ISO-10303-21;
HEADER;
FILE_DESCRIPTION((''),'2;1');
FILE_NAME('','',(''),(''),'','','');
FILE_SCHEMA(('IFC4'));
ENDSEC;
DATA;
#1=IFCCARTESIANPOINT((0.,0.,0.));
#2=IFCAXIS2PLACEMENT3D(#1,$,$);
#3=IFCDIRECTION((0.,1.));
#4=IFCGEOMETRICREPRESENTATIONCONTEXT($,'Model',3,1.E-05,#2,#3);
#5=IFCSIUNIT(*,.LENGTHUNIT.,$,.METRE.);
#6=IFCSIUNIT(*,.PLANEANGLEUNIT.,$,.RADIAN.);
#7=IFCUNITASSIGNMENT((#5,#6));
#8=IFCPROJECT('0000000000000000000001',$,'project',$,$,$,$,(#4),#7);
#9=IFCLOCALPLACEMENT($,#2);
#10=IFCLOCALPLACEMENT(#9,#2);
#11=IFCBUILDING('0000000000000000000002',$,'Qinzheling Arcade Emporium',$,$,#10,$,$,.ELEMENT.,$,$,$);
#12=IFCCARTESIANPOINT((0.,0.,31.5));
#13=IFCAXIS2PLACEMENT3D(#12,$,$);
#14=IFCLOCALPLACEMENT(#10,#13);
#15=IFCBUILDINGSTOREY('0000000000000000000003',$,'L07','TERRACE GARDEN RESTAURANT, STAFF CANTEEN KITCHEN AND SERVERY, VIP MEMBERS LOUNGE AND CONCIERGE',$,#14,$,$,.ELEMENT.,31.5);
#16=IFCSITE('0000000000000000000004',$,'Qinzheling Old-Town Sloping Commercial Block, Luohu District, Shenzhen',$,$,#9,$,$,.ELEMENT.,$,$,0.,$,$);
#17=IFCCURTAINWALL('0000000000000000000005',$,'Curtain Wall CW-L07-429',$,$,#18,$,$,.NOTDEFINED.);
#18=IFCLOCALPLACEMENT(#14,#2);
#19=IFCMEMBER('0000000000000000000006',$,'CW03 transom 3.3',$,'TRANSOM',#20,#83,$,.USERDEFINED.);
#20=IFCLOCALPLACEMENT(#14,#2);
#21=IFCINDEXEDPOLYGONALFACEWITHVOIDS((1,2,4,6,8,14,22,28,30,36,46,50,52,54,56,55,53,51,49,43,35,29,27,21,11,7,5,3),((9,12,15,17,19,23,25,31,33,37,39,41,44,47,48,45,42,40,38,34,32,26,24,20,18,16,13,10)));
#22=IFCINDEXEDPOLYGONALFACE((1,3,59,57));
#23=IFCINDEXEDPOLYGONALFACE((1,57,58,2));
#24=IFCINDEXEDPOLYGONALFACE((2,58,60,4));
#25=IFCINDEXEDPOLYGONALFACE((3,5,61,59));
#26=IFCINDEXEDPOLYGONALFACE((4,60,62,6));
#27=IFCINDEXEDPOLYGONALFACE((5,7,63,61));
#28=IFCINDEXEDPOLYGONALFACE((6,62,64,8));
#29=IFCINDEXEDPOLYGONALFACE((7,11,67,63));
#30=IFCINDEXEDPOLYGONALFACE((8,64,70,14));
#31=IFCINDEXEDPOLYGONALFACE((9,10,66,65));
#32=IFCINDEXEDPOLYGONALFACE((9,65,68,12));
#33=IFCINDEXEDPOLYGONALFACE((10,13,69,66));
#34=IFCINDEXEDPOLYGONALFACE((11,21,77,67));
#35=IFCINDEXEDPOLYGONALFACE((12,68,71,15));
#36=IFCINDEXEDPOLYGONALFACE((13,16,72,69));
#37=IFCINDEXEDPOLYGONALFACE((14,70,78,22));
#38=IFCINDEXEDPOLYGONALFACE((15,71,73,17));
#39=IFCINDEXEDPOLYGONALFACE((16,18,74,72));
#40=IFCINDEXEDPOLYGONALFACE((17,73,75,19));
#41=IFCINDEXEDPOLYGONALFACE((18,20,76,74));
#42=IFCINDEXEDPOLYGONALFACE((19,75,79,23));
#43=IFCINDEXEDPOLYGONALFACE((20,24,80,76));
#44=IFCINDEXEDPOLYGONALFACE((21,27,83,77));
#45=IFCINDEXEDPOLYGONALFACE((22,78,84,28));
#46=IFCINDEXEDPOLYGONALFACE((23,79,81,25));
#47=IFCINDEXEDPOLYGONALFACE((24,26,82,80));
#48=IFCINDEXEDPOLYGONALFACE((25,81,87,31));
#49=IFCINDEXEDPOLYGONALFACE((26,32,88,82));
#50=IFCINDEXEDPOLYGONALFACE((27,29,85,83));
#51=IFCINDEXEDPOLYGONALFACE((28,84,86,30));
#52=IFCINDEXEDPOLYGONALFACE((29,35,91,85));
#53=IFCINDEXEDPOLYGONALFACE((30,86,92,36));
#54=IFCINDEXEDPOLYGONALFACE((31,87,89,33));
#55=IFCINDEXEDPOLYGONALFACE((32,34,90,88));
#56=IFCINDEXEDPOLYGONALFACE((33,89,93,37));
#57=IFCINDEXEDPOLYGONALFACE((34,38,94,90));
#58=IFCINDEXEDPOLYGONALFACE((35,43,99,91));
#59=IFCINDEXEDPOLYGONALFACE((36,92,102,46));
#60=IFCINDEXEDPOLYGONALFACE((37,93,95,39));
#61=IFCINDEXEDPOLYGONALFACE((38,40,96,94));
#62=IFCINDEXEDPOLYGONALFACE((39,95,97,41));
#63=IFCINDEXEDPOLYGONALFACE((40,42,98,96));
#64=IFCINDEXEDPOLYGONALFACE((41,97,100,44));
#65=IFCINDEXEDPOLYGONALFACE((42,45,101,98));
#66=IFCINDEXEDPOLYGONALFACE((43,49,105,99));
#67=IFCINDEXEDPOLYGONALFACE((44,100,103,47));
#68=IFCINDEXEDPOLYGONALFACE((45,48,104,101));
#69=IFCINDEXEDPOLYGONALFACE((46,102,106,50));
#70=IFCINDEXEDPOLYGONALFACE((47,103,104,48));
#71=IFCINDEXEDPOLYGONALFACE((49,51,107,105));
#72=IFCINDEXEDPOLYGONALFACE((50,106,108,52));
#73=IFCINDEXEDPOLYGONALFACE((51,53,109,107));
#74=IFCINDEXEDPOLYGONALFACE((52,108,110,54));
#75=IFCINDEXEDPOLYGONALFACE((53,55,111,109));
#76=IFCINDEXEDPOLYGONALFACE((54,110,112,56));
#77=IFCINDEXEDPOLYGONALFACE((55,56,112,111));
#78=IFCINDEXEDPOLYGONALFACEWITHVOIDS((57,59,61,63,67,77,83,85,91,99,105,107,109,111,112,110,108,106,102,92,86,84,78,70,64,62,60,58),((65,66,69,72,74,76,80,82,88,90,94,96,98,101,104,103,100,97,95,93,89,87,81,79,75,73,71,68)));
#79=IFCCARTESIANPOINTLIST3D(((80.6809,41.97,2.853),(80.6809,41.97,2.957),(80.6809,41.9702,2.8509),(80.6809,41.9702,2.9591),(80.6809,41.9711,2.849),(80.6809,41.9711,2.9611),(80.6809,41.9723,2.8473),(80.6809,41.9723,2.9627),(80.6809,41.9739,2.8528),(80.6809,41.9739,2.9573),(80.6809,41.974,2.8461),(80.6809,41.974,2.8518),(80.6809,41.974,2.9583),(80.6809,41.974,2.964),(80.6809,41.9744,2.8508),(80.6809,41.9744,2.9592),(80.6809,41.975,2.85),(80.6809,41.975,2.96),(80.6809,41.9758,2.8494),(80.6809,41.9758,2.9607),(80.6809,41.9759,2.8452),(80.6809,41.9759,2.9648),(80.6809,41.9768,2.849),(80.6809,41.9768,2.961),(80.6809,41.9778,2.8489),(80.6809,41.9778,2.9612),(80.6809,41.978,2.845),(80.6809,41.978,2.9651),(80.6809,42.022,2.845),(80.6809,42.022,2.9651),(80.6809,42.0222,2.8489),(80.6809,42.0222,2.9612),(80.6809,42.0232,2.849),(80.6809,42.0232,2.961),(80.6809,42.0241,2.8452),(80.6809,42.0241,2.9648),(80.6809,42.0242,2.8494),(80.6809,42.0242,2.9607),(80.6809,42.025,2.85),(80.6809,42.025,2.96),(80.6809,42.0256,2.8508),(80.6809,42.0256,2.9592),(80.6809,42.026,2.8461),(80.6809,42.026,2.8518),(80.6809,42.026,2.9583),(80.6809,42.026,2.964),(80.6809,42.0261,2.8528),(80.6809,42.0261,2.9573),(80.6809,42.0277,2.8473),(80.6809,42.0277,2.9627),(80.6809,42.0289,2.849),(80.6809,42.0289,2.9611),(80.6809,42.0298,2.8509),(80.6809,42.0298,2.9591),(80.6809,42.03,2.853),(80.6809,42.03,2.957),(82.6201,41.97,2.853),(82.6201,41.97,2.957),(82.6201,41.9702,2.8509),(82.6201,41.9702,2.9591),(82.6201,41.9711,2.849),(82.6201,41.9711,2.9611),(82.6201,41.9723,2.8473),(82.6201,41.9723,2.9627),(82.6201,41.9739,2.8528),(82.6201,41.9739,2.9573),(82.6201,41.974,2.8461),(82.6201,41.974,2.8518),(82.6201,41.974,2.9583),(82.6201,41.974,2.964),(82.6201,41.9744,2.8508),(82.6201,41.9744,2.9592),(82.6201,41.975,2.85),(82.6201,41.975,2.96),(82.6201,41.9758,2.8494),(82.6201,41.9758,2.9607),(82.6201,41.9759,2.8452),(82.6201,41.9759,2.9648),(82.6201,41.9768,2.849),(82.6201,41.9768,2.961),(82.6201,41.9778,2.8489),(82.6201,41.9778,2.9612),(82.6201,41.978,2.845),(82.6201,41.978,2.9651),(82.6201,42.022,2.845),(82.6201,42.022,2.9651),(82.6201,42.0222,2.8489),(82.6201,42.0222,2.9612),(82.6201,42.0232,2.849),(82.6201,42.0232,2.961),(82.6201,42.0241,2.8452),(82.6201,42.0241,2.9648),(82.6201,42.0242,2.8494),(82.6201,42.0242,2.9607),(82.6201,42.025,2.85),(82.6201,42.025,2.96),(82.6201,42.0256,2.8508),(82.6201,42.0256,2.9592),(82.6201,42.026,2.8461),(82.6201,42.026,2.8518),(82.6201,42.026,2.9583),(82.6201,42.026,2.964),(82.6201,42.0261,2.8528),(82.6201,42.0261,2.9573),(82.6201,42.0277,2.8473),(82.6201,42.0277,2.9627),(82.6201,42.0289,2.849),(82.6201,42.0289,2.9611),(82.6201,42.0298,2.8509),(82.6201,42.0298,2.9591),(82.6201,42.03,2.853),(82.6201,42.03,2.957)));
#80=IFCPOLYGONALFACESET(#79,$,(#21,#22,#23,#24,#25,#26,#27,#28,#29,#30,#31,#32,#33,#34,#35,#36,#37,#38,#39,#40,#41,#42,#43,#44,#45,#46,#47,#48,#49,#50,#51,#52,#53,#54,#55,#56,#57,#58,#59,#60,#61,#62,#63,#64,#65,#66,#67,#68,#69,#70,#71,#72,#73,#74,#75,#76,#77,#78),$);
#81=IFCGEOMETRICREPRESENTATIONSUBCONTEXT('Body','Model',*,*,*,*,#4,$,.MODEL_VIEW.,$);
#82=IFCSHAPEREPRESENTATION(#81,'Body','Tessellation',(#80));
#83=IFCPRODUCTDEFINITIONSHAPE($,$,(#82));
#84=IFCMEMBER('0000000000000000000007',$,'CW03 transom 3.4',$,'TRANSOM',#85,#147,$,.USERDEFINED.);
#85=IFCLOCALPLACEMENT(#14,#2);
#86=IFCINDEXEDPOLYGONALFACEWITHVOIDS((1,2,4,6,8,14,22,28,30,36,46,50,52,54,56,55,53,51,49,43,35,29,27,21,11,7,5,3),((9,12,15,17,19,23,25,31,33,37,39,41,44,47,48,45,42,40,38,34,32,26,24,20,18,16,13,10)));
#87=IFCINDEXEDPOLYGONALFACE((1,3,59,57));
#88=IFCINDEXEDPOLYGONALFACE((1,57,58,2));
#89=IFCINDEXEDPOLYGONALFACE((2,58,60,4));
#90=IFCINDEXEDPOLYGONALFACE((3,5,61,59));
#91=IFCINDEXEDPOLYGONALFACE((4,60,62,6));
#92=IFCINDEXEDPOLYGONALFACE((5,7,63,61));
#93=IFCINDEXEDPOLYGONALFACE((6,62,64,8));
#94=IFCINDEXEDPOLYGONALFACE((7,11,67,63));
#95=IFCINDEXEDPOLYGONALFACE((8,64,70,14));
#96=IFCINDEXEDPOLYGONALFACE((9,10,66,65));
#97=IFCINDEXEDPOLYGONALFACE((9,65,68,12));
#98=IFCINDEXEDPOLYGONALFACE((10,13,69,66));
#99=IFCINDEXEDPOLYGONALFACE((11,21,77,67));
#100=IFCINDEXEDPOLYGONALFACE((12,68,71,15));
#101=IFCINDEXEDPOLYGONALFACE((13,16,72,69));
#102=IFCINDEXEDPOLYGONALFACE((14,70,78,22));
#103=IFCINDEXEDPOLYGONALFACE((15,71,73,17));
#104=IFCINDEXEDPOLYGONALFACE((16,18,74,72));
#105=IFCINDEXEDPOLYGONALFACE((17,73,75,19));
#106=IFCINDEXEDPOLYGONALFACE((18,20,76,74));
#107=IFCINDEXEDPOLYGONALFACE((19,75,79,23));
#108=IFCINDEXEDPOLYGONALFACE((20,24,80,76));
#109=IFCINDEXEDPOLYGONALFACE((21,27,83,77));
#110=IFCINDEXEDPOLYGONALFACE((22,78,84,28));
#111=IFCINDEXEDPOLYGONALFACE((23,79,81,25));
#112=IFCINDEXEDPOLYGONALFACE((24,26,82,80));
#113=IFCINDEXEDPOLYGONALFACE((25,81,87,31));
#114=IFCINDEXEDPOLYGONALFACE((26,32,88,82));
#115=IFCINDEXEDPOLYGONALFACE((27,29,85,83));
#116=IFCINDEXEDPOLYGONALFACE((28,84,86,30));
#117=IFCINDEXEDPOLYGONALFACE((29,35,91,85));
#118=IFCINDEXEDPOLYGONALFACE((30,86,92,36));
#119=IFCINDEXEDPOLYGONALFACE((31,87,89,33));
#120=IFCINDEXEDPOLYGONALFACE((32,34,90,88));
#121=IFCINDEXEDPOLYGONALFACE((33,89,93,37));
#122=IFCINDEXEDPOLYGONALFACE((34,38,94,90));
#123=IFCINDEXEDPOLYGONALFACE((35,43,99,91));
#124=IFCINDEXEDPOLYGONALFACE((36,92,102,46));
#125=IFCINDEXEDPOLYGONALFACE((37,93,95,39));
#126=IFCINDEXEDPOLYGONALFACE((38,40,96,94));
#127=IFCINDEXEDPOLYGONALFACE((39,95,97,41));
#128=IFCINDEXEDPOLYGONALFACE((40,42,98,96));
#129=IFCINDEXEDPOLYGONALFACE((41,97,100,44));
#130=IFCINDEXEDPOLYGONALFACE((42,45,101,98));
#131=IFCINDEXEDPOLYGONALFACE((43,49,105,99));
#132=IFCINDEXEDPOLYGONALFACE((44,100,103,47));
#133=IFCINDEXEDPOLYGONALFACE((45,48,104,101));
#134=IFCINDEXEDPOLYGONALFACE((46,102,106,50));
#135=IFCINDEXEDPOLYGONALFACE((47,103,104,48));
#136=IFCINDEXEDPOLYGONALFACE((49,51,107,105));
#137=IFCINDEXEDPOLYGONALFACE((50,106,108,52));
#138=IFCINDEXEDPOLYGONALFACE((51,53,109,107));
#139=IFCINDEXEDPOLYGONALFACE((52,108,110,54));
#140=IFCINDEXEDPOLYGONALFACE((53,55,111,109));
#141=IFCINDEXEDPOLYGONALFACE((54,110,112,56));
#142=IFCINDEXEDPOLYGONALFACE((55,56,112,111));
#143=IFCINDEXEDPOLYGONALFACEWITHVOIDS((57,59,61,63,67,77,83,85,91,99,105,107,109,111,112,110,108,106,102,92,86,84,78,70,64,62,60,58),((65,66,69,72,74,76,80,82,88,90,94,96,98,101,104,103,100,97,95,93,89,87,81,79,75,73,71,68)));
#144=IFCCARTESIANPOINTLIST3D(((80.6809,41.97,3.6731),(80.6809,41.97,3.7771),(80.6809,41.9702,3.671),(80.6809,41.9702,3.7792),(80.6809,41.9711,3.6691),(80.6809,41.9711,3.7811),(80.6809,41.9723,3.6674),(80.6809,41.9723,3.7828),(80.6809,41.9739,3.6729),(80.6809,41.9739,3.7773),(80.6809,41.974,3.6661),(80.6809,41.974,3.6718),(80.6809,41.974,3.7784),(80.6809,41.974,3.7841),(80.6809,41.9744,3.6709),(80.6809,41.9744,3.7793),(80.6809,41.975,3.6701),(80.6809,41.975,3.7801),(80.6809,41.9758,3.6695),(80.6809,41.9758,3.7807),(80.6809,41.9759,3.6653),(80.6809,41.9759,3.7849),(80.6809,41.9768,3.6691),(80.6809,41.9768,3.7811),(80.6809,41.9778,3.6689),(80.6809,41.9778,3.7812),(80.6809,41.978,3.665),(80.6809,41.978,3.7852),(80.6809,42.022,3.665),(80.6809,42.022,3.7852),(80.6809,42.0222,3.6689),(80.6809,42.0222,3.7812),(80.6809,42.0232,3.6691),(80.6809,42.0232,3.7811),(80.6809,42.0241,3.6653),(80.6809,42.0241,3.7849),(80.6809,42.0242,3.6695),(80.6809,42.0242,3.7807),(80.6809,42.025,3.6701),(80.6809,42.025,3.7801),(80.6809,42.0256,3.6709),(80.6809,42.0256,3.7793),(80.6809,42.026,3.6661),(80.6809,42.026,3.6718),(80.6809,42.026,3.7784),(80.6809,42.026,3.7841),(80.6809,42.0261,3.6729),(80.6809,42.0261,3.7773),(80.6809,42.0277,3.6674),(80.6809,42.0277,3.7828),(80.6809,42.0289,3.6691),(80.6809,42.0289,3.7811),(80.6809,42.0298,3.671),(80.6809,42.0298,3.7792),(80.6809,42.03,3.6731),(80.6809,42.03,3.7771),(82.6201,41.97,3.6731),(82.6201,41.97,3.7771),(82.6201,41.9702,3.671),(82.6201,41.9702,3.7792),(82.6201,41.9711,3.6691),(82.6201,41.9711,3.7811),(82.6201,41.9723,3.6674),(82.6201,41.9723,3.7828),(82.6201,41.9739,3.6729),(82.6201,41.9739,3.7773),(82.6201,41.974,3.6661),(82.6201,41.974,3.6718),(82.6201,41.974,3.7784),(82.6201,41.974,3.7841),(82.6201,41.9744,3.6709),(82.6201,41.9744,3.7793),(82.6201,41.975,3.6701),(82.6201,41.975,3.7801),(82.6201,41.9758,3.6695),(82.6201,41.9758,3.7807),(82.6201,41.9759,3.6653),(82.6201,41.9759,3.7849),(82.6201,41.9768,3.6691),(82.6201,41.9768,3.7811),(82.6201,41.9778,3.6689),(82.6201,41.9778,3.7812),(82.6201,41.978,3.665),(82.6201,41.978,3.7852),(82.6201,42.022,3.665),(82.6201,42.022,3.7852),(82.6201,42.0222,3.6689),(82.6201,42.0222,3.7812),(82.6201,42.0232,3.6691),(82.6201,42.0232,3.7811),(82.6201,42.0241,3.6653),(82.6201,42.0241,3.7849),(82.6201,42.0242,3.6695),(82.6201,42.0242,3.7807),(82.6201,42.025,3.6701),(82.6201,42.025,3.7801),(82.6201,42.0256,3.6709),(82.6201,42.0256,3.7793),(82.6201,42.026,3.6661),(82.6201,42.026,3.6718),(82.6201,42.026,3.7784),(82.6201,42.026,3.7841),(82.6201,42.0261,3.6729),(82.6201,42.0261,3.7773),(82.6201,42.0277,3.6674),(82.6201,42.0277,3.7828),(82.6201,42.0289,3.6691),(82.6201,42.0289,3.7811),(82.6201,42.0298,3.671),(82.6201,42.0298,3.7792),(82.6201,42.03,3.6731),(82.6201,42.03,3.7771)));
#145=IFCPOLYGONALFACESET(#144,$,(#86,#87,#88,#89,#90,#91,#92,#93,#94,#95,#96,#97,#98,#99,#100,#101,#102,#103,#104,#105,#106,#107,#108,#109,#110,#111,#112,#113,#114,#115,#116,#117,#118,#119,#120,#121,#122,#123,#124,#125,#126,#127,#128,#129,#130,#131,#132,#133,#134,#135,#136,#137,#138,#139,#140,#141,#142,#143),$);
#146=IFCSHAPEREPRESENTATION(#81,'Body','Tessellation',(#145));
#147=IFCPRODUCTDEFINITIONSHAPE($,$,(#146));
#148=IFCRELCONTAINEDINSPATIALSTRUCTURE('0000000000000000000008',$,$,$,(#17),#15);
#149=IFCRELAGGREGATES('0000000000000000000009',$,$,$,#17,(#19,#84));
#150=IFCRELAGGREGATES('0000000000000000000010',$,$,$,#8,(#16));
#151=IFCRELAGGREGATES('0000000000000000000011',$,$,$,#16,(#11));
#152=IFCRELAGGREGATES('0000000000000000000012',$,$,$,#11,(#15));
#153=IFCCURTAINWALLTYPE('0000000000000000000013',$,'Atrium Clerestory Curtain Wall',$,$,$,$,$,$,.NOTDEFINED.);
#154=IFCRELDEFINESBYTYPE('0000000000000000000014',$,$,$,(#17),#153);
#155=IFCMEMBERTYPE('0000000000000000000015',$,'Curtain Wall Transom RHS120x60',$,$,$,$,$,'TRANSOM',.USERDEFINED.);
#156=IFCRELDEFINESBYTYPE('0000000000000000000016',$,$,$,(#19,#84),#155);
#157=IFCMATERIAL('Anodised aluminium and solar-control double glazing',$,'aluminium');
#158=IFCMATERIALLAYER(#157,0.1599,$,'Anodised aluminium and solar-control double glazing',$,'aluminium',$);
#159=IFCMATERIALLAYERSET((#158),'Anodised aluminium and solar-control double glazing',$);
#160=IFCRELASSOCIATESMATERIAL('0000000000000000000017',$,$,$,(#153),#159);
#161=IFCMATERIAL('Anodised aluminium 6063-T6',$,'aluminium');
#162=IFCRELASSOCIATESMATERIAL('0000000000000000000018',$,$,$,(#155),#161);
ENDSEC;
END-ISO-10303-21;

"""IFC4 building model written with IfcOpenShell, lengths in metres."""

from ifc_helpers import new_model, si_unit, direction, frame, origin, origin_2d, place, context, subcontext, project, spatial, hollow_rectangle, extrude, material, layer, layer_set, material_profile, profile_set, type_object, element, aggregate, save


model = new_model("IFC4")

# Units and contexts
model_context = context("Model", 3, precision=1e-05, world=origin(), true_north=direction((0.0, 1.0)))
body_context = subcontext(model_context, "Body", "Model", "MODEL_VIEW")
ifc_project = project(units=[si_unit("LENGTHUNIT", "METRE"), si_unit("PLANEANGLEUNIT", "RADIAN")], contexts=[model_context])

# Site, building, storey
site_placement = place(None, origin())
site = spatial("IfcSite", under=ifc_project, at=site_placement, Name="Qinzheling Old-Town Sloping Commercial Block, Luohu District, Shenzhen", CompositionType="ELEMENT", RefElevation=0.0)
building_placement = place(site_placement, origin())
building = spatial("IfcBuilding", under=site, at=building_placement, Name="Qinzheling Arcade Emporium", CompositionType="ELEMENT")
storey_placement = place(building_placement, frame((0.0, 0.0, 31.5)))
storey = spatial("IfcBuildingStorey", under=building, at=storey_placement, Name="L07", Description="TERRACE GARDEN RESTAURANT, STAFF CANTEEN KITCHEN AND SERVERY, VIP MEMBERS LOUNGE AND CONCIERGE", CompositionType="ELEMENT", Elevation=31.5)

# Curtain wall, members
ifc_material_1 = material(Name="Anodised aluminium and solar-control double glazing", Category="aluminium")
ifc_layer_1 = layer(ifc_material_1, 0.1599, Name="Anodised aluminium and solar-control double glazing", Category="aluminium")
ifc_layer_set_1 = layer_set([ifc_layer_1], Name="Anodised aluminium and solar-control double glazing")
curtain_wall_type = type_object("IfcCurtainWallType", Name="Atrium Clerestory Curtain Wall", PredefinedType="NOTDEFINED", material=ifc_layer_set_1)
curtain_wall_placement = place(storey_placement, origin())
curtain_wall = element("IfcCurtainWall", 1, at=curtain_wall_placement, inside=storey, type_object=curtain_wall_type, Name="Curtain Wall CW-L07-429", PredefinedType="NOTDEFINED")
ifc_material_2 = material(Name="Anodised aluminium 6063-T6", Category="aluminium")
ifc_material_profile_1 = material_profile(ifc_material_2, hollow_rectangle(XDim=0.0601, YDim=0.1201, WallThickness=0.0039, InnerFilletRadius=0.0039, OuterFilletRadius=0.0081, at=origin_2d()), Name="RHS 120x60x4", Category="aluminium")
ifc_profile_set_1 = profile_set([ifc_material_profile_1], Name="Anodised aluminium 6063-T6")
member_type_1 = type_object("IfcMemberType", Name="Curtain Wall Transom RHS120x60", ElementType="TRANSOM", PredefinedType="USERDEFINED", material=ifc_profile_set_1)
member_1_placement = place(storey_placement, frame((82.6201, 42.0, 2.905), z_axis=(-1.0, 0.0, 0.0), x_axis=(0.0, -1.0, 0.0)))
member_1 = element("IfcMember", 2, at=member_1_placement, type_object=member_type_1, Name="CW03 transom 3.3", ObjectType="TRANSOM", PredefinedType="USERDEFINED", context=body_context, shape_type="SweptSolid", body=[
    extrude(hollow_rectangle(XDim=0.0601, YDim=0.1201, WallThickness=0.0039, InnerFilletRadius=0.0039, OuterFilletRadius=0.0081, at=origin_2d()), origin(), (0.0, 0.0, 1.0), 1.9392),
])
member_2_placement = place(storey_placement, frame((82.6201, 42.0, 3.7251), z_axis=(-1.0, 0.0, 0.0), x_axis=(0.0, -1.0, 0.0)))
member_2 = element("IfcMember", 3, at=member_2_placement, type_object=member_type_1, Name="CW03 transom 3.4", ObjectType="TRANSOM", PredefinedType="USERDEFINED", context=body_context, shape_type="SweptSolid", body=[
    extrude(hollow_rectangle(XDim=0.0601, YDim=0.1201, WallThickness=0.0039, InnerFilletRadius=0.0039, OuterFilletRadius=0.0081, at=origin_2d()), origin(), (0.0, 0.0, 1.0), 1.9392),
])
aggregate(curtain_wall, [member_1, member_2])

save(model, "model.ifc")
